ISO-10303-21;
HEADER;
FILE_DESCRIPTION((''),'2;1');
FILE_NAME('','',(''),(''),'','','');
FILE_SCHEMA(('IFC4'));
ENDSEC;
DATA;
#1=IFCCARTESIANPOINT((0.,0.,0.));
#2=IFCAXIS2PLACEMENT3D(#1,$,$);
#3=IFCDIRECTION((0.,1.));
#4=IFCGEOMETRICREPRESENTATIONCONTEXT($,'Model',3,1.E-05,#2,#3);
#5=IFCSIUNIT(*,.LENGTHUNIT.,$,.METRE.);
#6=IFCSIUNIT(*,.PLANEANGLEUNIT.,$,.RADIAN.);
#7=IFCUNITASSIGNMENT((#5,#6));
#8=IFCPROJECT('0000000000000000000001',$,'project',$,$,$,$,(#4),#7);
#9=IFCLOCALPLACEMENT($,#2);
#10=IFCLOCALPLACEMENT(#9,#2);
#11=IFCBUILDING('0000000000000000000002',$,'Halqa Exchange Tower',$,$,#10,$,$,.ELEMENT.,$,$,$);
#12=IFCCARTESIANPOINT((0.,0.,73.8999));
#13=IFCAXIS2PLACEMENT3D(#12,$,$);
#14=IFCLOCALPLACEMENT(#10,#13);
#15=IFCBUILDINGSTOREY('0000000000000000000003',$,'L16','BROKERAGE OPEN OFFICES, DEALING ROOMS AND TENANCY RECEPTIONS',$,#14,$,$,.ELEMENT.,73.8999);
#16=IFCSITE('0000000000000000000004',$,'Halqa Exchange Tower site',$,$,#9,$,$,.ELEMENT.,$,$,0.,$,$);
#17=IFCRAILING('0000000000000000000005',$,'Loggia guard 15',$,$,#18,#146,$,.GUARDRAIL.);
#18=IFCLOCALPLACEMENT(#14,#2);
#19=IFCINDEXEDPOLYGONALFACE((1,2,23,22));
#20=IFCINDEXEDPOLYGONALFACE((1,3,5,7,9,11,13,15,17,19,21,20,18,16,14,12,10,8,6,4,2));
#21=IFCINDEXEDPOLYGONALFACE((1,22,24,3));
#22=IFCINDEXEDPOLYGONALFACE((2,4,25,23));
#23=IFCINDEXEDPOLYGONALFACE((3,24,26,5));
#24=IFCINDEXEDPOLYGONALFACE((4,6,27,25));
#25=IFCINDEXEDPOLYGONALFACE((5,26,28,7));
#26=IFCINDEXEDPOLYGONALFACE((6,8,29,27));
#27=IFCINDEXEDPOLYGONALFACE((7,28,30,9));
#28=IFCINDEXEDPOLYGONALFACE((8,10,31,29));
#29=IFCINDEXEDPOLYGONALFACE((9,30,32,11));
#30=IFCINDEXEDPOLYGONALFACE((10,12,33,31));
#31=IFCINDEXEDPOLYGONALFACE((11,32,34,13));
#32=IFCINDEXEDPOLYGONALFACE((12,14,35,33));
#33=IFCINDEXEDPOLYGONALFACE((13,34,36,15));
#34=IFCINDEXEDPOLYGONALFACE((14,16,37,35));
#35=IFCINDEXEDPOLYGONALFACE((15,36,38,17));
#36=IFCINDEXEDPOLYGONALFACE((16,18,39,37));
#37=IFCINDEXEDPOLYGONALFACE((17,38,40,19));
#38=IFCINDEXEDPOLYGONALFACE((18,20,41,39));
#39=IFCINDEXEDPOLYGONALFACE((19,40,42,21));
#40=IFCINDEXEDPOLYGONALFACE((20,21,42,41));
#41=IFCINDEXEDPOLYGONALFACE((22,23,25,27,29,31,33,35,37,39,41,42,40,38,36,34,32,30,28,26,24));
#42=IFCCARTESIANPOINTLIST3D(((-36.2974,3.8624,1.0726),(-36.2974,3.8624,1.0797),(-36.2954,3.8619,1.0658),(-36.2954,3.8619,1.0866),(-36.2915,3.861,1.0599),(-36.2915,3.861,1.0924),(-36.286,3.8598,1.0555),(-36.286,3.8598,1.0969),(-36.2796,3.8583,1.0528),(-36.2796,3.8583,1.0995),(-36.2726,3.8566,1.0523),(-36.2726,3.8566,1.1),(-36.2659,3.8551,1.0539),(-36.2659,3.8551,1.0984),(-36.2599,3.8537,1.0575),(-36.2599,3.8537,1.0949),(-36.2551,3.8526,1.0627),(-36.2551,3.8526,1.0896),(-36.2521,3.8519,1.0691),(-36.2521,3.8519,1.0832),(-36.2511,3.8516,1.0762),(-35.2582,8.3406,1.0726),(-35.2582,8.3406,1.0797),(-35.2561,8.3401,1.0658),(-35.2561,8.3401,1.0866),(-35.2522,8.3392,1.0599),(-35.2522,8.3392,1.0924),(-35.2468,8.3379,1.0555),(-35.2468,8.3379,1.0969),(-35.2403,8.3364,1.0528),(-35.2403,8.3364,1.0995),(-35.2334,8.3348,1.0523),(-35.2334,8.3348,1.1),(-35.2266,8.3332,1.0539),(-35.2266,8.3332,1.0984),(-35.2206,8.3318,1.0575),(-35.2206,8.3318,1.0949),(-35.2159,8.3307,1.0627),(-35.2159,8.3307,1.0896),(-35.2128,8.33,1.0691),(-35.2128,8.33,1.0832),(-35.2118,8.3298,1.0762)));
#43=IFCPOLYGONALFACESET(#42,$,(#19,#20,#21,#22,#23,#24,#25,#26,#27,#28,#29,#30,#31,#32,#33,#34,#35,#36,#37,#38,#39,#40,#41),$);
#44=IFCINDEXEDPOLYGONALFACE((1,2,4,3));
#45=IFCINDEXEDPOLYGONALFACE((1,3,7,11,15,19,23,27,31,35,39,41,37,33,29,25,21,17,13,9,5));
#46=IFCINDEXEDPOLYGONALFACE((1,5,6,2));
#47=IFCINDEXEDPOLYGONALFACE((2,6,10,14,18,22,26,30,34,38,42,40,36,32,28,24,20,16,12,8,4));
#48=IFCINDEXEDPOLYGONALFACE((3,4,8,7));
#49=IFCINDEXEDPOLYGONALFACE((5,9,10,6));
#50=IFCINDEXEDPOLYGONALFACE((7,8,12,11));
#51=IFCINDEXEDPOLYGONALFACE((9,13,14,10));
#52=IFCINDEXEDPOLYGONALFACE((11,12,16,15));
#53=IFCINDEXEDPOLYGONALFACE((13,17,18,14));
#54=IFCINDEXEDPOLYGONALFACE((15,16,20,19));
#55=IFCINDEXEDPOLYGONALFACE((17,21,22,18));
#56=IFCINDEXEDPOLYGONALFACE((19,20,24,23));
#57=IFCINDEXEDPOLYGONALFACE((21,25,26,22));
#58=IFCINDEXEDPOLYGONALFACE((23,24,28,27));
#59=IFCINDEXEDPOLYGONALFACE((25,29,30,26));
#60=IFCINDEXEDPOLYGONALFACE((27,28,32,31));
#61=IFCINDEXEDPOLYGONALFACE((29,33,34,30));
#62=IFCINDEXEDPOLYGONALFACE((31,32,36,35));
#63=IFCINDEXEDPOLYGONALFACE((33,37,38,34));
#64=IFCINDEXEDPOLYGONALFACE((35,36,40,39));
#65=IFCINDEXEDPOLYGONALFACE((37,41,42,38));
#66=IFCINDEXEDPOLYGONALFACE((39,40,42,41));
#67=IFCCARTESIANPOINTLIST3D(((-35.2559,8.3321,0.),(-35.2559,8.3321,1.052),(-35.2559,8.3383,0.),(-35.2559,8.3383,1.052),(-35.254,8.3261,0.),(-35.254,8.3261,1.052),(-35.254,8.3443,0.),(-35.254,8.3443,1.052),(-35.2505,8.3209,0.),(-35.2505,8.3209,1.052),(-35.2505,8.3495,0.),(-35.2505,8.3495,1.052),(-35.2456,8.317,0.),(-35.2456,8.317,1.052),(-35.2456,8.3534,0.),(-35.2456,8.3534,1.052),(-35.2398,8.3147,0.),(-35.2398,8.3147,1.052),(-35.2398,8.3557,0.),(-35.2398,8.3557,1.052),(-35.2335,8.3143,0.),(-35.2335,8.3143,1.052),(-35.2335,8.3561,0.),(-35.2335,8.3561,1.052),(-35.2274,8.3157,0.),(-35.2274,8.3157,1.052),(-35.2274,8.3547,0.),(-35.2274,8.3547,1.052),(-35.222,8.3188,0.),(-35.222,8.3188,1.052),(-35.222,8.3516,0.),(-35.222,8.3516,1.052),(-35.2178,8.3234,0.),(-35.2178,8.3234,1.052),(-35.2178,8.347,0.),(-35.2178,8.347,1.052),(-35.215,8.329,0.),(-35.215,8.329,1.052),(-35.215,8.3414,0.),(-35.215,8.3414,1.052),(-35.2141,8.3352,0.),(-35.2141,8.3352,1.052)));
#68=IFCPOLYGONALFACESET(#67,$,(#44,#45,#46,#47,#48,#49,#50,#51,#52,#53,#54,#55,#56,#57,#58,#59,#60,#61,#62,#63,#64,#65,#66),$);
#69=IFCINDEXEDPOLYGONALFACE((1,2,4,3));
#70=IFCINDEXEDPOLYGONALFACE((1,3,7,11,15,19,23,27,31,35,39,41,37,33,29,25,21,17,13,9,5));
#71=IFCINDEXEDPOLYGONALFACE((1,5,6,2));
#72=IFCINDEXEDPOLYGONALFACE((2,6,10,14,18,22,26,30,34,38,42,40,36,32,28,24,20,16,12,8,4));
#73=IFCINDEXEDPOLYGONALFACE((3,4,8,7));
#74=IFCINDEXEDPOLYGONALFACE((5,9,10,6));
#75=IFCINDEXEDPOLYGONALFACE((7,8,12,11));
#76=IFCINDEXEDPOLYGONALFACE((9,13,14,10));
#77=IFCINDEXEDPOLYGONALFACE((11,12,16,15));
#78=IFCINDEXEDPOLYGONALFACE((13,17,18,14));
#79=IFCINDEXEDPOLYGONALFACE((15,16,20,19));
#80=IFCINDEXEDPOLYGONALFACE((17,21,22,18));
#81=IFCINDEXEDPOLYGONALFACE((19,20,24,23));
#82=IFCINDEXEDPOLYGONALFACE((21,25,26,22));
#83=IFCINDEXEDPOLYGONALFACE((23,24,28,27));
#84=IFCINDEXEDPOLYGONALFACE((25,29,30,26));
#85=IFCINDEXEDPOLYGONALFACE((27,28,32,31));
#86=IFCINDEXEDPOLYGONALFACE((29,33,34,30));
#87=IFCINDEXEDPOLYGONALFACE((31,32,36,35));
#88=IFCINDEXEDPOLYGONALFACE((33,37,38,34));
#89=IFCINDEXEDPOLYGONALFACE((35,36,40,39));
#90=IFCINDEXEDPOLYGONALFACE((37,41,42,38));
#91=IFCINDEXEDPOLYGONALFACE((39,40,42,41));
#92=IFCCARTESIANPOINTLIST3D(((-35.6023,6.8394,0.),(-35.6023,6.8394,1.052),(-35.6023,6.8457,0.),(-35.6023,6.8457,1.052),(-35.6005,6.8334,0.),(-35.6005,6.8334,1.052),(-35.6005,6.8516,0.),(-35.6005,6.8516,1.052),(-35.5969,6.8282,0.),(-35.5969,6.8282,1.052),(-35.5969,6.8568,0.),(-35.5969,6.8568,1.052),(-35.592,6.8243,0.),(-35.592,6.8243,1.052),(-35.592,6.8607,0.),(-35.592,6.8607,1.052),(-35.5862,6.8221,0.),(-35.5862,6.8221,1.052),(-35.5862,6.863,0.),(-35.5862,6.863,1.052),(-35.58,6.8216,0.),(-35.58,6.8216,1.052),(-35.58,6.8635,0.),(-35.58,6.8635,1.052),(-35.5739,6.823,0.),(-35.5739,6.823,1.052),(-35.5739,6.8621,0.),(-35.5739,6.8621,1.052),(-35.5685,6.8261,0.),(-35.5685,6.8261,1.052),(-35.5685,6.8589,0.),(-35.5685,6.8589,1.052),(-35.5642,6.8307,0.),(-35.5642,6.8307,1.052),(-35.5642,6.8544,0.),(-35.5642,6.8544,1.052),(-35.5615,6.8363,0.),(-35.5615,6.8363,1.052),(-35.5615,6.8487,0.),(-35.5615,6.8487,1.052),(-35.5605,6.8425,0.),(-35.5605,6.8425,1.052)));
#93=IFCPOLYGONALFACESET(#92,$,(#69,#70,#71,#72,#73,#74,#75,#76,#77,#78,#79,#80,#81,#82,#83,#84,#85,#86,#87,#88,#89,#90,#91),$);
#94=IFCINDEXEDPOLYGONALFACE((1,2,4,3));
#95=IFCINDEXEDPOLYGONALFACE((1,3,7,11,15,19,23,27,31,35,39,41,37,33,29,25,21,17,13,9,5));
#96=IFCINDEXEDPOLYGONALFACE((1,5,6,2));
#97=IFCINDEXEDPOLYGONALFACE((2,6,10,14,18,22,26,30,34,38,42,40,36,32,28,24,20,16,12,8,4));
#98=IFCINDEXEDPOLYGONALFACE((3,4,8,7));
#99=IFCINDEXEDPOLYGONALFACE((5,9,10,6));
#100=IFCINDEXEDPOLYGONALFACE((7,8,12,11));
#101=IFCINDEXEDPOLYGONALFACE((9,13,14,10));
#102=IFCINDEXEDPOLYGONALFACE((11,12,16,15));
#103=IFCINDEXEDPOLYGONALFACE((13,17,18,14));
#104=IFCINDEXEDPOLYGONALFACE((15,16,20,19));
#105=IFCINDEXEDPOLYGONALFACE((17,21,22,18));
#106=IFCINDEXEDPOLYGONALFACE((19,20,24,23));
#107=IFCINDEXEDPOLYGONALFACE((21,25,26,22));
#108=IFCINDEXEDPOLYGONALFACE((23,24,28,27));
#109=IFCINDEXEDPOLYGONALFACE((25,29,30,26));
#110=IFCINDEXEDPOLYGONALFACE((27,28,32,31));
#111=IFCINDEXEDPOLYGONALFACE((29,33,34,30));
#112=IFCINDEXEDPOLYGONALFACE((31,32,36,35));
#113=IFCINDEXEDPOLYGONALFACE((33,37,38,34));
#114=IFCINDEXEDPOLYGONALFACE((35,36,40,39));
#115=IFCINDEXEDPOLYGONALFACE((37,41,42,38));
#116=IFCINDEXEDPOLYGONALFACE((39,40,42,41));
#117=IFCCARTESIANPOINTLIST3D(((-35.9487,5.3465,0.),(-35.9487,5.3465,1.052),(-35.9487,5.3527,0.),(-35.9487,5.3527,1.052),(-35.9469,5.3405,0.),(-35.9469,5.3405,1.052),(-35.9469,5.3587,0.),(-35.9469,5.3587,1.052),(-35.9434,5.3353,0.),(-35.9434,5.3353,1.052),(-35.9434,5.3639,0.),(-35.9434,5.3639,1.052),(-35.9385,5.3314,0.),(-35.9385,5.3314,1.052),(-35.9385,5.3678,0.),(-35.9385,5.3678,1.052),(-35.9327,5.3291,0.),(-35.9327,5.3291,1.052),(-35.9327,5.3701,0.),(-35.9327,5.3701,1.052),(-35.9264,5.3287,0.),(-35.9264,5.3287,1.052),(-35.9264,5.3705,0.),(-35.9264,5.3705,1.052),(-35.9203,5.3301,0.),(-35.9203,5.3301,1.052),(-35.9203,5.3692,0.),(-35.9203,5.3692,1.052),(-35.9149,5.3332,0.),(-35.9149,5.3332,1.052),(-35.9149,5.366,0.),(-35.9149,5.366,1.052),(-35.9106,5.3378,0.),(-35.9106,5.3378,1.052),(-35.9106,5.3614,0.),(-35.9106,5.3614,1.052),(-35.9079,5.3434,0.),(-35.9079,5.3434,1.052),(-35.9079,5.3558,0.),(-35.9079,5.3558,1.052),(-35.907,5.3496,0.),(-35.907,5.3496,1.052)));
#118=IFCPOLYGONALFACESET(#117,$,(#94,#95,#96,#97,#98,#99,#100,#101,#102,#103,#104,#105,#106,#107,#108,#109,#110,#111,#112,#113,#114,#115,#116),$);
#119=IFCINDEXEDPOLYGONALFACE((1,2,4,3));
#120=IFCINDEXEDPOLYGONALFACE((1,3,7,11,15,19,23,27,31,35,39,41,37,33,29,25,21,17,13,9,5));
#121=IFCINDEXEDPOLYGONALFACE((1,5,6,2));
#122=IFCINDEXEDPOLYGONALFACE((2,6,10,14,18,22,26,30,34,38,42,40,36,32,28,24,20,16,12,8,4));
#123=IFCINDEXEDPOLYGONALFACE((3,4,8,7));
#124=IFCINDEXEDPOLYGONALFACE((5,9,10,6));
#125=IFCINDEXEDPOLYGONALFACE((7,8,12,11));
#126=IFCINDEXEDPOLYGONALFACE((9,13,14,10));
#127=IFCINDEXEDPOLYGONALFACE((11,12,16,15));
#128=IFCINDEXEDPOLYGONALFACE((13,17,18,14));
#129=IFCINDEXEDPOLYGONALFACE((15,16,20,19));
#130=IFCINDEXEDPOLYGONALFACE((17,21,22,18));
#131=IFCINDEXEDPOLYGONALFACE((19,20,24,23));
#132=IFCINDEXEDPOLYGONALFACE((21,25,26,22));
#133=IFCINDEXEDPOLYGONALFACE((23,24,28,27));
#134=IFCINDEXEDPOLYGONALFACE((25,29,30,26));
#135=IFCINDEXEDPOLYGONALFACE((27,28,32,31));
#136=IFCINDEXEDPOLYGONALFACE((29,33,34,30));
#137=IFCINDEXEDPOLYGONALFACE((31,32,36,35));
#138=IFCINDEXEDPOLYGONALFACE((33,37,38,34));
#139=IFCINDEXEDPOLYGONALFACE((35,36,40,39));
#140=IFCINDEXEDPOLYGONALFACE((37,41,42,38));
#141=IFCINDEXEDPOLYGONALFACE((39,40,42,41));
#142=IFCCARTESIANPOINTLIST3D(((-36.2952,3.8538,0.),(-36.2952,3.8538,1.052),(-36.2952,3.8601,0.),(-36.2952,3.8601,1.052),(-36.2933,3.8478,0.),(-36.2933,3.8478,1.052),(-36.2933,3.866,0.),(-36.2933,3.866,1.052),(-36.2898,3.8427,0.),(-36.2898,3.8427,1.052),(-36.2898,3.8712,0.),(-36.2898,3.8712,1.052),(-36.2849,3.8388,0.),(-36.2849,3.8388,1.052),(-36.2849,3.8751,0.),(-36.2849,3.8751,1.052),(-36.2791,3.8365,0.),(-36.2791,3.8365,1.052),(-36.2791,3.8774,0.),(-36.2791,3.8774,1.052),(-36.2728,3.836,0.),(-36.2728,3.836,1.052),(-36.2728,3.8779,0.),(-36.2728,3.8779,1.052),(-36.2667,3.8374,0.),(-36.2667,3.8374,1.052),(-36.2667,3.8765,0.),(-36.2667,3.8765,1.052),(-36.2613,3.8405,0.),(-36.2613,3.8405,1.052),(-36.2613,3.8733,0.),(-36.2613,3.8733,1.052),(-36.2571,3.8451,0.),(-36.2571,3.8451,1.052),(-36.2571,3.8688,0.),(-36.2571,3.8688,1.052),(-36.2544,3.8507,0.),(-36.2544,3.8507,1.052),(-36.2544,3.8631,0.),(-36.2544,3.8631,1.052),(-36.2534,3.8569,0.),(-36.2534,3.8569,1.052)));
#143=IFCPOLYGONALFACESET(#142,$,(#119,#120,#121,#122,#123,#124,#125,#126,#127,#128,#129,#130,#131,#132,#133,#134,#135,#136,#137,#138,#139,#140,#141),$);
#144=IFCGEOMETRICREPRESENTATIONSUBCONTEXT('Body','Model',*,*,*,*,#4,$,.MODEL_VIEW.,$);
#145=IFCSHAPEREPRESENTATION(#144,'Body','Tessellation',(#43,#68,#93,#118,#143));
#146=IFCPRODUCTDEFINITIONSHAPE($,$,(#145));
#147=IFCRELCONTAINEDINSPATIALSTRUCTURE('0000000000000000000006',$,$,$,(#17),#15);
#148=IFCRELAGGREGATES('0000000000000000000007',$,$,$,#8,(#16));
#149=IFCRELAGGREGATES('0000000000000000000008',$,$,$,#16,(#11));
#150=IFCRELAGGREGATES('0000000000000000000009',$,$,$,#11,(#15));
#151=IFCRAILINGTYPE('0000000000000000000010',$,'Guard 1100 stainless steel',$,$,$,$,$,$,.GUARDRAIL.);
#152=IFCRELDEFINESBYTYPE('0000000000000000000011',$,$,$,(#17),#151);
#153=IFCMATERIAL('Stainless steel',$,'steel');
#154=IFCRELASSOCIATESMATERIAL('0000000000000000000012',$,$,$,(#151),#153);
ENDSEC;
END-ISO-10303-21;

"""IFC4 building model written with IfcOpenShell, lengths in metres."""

from ifc_helpers import new_model, si_unit, direction, frame, origin, origin_2d, place, context, subcontext, project, spatial, circle, extrude, material, type_object, element, save


model = new_model("IFC4")

# Units and contexts
model_context = context("Model", 3, precision=1e-05, world=origin(), true_north=direction((0.0, 1.0)))
body_context = subcontext(model_context, "Body", "Model", "MODEL_VIEW")
ifc_project = project(units=[si_unit("LENGTHUNIT", "METRE"), si_unit("PLANEANGLEUNIT", "RADIAN")], contexts=[model_context])

# Site, building, storey
site_placement = place(None, origin())
site = spatial("IfcSite", under=ifc_project, at=site_placement, Name="Halqa Exchange Tower site", CompositionType="ELEMENT", RefElevation=0.0)
building_placement = place(site_placement, origin())
building = spatial("IfcBuilding", under=site, at=building_placement, Name="Halqa Exchange Tower", CompositionType="ELEMENT")
storey_placement = place(building_placement, frame((0.0, 0.0, 73.8999)))
storey = spatial("IfcBuildingStorey", under=building, at=storey_placement, Name="L16", Description="BROKERAGE OPEN OFFICES, DEALING ROOMS AND TENANCY RECEPTIONS", CompositionType="ELEMENT", Elevation=73.8999)

# Railing
ifc_material_1 = material(Name="Stainless steel", Category="steel")
railing_type = type_object("IfcRailingType", Name="Guard 1100 stainless steel", PredefinedType="GUARDRAIL", material=ifc_material_1)
railing_1_placement = place(storey_placement, frame((-35.2351, 8.3352, 0.0)))
element("IfcRailing", 1, at=railing_1_placement, inside=storey, type_object=railing_type, Name="Loggia guard 15", PredefinedType="GUARDRAIL", context=body_context, shape_type="SweptSolid", body=[
    extrude(circle(Radius=0.0239, at=origin_2d()), frame((0.0, 0.0, 1.0762), z_axis=(-0.226069, -0.974111, 0.0), x_axis=(0.974111, -0.226069, 0.0)), (0.0, 0.0, 1.0), 4.5972),
    extrude(circle(Radius=0.021, at=origin_2d()), origin(), (0.0, 0.0, 1.0), 1.052),
    extrude(circle(Radius=0.021, at=origin_2d()), frame((-0.3464, -1.4927, 0.0)), (0.0, 0.0, 1.0), 1.052),
    extrude(circle(Radius=0.021, at=origin_2d()), frame((-0.6929, -2.9856, 0.0)), (0.0, 0.0, 1.0), 1.052),
    extrude(circle(Radius=0.021, at=origin_2d()), frame((-1.0393, -4.4783, 0.0)), (0.0, 0.0, 1.0), 1.052),
])

save(model, "model.ifc")
